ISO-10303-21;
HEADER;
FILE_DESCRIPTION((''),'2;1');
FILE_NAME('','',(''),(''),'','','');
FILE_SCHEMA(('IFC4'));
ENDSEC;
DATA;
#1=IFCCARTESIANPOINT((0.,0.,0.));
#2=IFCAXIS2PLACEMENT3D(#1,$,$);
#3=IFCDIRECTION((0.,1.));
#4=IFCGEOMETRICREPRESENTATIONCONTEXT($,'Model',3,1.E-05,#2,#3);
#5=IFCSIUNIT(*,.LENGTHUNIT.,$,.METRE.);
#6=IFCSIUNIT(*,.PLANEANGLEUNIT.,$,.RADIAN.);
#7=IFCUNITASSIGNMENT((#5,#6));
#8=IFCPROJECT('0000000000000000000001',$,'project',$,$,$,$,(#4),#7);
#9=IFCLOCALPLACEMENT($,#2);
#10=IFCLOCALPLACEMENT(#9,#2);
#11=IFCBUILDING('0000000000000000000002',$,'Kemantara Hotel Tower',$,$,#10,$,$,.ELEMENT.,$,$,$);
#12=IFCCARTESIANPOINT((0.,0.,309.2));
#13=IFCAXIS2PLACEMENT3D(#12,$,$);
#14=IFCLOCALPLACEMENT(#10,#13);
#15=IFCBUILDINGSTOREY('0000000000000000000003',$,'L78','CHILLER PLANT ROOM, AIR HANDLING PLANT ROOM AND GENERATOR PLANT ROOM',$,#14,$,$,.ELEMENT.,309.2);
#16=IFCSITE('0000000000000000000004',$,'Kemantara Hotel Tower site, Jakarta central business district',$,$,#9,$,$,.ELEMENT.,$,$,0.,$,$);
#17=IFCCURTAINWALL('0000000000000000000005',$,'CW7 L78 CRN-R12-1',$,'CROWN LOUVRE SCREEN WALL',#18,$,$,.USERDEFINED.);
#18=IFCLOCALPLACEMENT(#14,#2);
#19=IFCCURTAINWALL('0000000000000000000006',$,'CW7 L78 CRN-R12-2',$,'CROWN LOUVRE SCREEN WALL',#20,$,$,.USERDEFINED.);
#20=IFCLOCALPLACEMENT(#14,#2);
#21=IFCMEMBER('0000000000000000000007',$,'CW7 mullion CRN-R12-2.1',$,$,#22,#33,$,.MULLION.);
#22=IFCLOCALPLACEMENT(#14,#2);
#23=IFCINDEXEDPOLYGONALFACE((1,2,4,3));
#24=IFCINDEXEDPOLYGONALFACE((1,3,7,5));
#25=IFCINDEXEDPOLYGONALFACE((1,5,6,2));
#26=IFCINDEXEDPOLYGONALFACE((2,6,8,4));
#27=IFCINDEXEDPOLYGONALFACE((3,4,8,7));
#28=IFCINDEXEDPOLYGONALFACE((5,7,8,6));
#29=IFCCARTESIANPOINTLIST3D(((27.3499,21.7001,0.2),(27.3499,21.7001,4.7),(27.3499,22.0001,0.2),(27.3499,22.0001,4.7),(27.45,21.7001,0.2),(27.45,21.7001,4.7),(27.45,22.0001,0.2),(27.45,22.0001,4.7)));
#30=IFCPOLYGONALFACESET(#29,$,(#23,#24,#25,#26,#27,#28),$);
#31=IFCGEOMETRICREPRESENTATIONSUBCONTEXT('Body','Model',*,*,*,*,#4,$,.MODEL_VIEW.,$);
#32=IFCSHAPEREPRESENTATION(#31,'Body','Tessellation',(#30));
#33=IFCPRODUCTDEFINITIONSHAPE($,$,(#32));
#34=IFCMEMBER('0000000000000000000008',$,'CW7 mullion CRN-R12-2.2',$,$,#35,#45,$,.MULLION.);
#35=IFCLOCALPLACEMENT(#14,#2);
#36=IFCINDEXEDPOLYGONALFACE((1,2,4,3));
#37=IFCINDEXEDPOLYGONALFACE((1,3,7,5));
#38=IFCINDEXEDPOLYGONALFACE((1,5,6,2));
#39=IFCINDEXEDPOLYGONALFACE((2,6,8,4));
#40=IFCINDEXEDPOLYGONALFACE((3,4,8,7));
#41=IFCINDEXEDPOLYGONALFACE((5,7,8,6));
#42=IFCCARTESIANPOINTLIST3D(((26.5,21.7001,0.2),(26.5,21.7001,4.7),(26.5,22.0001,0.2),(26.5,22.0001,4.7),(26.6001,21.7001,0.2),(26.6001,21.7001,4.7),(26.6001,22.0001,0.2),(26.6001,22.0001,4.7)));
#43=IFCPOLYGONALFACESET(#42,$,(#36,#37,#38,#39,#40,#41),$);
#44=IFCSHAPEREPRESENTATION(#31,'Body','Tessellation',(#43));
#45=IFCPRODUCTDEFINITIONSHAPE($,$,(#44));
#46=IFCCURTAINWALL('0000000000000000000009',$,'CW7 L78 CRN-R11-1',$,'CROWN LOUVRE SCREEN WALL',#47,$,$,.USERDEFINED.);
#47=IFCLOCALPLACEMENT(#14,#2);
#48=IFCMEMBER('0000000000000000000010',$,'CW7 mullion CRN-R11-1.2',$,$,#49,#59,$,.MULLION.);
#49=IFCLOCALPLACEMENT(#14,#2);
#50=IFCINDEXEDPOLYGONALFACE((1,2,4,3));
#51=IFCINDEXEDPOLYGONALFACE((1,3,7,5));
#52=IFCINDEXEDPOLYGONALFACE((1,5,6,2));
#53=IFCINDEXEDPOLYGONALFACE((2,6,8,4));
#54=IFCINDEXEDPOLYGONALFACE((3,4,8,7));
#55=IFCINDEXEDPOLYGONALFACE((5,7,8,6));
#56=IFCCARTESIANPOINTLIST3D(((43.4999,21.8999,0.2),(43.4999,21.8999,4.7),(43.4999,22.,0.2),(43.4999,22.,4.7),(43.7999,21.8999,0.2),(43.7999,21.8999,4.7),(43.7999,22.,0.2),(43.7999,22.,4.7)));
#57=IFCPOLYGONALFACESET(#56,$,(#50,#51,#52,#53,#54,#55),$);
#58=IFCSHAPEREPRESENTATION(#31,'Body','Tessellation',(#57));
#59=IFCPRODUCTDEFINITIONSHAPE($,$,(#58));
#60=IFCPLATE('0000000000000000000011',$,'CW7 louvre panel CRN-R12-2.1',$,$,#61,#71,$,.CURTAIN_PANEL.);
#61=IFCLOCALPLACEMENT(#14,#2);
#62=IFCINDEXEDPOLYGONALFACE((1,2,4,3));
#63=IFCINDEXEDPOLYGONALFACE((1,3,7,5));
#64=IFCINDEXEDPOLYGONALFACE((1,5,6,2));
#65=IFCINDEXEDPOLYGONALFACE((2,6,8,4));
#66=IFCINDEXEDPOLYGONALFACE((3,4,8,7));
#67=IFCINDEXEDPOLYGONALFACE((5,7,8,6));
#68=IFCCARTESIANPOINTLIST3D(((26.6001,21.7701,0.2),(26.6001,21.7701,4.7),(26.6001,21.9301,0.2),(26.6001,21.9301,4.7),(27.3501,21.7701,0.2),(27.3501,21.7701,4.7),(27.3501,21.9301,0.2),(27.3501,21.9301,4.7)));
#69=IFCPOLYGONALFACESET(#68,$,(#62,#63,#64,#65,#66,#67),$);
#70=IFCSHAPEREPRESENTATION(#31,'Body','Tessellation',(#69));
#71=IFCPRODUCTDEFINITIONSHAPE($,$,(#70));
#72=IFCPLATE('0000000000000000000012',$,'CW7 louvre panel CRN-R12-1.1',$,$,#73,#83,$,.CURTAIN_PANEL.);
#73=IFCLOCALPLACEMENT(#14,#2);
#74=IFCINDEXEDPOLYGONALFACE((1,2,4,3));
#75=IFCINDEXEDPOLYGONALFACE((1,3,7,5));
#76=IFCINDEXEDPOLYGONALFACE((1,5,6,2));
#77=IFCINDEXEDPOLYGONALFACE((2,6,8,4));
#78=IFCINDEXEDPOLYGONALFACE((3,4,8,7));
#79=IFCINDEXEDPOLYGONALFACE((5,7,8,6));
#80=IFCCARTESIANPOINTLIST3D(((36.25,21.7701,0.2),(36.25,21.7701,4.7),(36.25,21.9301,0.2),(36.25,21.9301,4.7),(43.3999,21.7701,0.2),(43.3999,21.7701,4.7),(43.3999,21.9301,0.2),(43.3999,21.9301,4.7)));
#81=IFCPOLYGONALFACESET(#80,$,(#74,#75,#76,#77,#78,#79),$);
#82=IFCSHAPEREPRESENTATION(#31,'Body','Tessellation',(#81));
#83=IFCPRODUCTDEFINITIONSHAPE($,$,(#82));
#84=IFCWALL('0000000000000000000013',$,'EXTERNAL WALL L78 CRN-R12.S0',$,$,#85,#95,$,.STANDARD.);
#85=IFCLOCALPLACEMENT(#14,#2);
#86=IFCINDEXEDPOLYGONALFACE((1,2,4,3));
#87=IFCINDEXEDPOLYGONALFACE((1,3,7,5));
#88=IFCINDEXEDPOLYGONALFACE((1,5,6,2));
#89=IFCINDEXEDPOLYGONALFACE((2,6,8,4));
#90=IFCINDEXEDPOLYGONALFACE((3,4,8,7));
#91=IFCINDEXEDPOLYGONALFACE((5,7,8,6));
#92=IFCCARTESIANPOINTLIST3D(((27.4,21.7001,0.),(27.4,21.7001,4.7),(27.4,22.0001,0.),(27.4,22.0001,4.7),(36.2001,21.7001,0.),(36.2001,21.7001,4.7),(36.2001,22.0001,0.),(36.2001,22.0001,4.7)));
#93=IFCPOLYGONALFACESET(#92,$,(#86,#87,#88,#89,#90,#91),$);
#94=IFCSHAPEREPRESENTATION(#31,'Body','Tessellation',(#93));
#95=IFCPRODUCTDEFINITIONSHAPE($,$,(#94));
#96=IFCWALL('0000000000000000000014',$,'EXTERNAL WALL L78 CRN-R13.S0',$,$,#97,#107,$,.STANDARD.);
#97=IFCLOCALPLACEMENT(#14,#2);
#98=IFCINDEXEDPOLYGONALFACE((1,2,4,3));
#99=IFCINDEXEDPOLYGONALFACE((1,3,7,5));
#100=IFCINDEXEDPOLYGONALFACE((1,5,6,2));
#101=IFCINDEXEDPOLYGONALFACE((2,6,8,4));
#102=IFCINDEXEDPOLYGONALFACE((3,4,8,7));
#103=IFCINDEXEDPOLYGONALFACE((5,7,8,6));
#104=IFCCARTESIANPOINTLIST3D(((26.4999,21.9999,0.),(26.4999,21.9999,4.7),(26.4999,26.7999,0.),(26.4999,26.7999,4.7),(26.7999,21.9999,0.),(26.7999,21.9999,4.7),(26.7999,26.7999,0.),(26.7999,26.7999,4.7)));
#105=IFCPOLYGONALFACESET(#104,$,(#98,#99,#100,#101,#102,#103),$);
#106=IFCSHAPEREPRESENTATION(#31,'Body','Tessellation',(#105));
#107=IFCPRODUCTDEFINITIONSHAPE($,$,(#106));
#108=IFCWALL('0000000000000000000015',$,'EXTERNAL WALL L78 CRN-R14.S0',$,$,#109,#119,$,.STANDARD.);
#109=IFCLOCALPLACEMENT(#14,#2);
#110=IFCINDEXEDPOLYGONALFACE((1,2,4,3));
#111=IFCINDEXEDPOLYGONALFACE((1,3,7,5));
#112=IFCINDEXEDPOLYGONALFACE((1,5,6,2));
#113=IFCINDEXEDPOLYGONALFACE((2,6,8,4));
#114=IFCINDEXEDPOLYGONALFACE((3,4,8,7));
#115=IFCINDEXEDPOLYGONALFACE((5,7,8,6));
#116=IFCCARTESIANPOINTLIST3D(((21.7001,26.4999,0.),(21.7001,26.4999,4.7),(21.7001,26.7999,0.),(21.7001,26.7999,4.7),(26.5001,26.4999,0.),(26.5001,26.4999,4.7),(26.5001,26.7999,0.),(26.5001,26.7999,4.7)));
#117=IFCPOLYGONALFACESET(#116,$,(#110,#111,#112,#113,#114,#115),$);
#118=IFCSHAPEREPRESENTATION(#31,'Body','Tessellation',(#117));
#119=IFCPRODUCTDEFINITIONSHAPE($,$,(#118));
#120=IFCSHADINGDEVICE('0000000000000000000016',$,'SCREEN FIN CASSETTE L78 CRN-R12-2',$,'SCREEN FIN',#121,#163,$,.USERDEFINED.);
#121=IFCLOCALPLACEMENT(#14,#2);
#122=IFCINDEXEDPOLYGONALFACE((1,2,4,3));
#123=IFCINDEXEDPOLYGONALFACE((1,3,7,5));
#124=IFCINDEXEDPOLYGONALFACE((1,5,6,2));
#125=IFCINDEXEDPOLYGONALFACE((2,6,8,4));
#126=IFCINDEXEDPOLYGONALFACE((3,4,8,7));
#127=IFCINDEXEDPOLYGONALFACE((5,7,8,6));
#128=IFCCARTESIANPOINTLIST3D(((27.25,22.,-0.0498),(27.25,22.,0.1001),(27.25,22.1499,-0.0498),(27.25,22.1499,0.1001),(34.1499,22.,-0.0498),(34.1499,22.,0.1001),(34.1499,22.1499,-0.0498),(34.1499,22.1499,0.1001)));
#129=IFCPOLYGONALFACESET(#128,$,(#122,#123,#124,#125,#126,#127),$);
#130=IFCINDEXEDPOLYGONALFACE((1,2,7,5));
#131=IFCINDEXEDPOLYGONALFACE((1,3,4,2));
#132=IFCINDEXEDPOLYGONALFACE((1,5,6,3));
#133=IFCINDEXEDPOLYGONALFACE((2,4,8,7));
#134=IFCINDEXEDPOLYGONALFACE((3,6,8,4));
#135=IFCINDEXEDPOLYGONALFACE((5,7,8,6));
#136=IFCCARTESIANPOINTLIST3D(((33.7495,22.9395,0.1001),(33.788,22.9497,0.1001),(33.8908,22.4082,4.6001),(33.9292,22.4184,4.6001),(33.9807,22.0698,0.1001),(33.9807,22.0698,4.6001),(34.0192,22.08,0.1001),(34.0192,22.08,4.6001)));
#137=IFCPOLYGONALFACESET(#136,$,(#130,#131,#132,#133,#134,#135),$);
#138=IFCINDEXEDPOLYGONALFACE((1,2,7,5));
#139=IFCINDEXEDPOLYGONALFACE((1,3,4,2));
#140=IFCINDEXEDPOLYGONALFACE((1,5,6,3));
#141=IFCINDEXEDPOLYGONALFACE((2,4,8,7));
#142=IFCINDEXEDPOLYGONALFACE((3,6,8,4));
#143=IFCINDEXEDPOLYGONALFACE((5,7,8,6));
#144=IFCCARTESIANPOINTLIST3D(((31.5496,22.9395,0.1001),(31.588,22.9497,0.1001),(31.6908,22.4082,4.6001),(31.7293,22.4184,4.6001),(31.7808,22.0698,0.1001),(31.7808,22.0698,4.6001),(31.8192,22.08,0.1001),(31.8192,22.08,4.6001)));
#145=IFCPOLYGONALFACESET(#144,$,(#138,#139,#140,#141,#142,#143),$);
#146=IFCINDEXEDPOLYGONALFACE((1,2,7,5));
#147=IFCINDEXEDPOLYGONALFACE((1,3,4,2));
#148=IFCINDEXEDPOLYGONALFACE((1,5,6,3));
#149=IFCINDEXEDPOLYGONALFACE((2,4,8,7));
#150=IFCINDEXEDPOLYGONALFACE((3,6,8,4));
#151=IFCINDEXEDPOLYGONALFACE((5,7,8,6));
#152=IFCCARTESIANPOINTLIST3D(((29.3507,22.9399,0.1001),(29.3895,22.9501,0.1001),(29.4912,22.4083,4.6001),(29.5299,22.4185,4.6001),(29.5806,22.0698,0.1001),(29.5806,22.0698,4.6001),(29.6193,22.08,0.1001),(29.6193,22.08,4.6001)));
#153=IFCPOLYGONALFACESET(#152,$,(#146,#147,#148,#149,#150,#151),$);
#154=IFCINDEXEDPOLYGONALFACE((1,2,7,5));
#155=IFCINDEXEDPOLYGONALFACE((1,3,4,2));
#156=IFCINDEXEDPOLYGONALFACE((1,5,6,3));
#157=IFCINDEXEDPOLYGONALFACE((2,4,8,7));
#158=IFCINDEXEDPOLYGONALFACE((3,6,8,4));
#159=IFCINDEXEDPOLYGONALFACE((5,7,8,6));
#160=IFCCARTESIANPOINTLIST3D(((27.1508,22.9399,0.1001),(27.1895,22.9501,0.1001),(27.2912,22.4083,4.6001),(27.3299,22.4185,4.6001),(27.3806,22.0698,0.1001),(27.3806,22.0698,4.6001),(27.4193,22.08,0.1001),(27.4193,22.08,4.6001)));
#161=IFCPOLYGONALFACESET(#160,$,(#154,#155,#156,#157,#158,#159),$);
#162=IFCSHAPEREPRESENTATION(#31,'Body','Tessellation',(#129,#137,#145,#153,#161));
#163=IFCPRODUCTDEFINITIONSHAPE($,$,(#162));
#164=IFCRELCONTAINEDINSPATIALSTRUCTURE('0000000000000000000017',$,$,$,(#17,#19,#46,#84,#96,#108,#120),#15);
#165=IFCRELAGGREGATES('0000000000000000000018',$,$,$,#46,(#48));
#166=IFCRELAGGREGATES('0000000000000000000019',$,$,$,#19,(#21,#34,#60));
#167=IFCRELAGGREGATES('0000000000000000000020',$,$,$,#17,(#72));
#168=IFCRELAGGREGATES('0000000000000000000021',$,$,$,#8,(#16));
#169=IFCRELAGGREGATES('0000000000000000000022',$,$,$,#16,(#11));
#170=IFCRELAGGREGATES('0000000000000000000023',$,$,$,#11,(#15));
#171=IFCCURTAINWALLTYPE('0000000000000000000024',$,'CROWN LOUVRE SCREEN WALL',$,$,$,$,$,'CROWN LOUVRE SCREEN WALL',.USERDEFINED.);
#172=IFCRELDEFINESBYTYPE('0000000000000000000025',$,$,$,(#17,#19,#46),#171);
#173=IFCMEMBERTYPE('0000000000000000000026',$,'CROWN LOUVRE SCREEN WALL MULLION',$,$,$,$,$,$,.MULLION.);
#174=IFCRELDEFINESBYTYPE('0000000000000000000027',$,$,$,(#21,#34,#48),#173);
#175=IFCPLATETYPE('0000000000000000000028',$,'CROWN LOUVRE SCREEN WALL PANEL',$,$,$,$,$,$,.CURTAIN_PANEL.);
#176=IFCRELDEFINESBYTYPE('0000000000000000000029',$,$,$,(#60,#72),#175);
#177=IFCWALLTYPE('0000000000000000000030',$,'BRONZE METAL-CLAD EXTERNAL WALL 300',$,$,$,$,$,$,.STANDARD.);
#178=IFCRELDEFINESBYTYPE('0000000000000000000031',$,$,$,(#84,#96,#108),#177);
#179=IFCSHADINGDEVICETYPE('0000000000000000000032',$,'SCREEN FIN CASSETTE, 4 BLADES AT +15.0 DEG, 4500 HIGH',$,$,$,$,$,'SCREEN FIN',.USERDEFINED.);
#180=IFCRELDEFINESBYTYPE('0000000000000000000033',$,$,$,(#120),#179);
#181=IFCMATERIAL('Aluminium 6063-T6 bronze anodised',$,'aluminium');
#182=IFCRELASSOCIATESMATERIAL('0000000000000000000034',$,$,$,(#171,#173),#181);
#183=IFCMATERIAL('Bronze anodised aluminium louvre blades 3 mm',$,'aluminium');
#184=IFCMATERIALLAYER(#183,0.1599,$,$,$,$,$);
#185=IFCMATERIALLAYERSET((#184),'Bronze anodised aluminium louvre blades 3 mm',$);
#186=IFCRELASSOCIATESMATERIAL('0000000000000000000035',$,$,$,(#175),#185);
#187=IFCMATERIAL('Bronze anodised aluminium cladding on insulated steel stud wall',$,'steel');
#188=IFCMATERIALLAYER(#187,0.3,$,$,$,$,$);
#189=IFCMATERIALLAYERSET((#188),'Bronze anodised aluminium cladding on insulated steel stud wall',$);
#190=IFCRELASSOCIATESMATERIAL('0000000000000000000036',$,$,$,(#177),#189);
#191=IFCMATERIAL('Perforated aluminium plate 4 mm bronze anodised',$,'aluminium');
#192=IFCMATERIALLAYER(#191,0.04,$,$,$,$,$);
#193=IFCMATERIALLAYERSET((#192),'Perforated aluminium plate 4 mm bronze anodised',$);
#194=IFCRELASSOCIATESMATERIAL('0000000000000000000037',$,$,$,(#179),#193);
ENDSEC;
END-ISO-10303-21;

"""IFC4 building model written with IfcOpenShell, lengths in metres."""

from ifc_helpers import new_model, si_unit, direction, frame, frame_2d, origin, origin_2d, place, context, subcontext, project, spatial, polyline, rectangle, outline, extrude, source, transform, mapped, material, layer, layer_set, material_profile, profile_set, type_object, element, aggregate, save


model = new_model("IFC4")

# Units and contexts
model_context = context("Model", 3, precision=1e-05, world=origin(), true_north=direction((0.0, 1.0)))
body_context = subcontext(model_context, "Body", "Model", "MODEL_VIEW")
ifc_project = project(units=[si_unit("LENGTHUNIT", "METRE"), si_unit("PLANEANGLEUNIT", "RADIAN")], contexts=[model_context])

# Site, building, storey
site_placement = place(None, origin())
site = spatial("IfcSite", under=ifc_project, at=site_placement, Name="Kemantara Hotel Tower site, Jakarta central business district", CompositionType="ELEMENT", RefElevation=0.0)
building_placement = place(site_placement, origin())
building = spatial("IfcBuilding", under=site, at=building_placement, Name="Kemantara Hotel Tower", CompositionType="ELEMENT")
storey_placement = place(building_placement, frame((0.0, 0.0, 309.2)))
storey = spatial("IfcBuildingStorey", under=building, at=storey_placement, Name="L78", Description="CHILLER PLANT ROOM, AIR HANDLING PLANT ROOM AND GENERATOR PLANT ROOM", CompositionType="ELEMENT", Elevation=309.2)

# Curtain walls
ifc_material_1 = material(Name="Aluminium 6063-T6 bronze anodised", Category="aluminium")
curtain_wall_type = type_object("IfcCurtainWallType", Name="CROWN LOUVRE SCREEN WALL", ElementType="CROWN LOUVRE SCREEN WALL", PredefinedType="USERDEFINED", material=ifc_material_1)
curtain_wall_1_placement = place(storey_placement, origin())
curtain_wall_1 = element("IfcCurtainWall", 1, at=curtain_wall_1_placement, inside=storey, type_object=curtain_wall_type, Name="CW7 L78 CRN-R12-1", ObjectType="CROWN LOUVRE SCREEN WALL", PredefinedType="USERDEFINED")
curtain_wall_2_placement = place(storey_placement, origin())
curtain_wall_2 = element("IfcCurtainWall", 2, at=curtain_wall_2_placement, inside=storey, type_object=curtain_wall_type, Name="CW7 L78 CRN-R12-2", ObjectType="CROWN LOUVRE SCREEN WALL", PredefinedType="USERDEFINED")

# Members
ifc_material_profile_1 = material_profile(ifc_material_1, rectangle(XDim=0.3, YDim=0.1001, at=origin_2d()), Name="CROWN LOUVRE SCREEN WALL MULLION")
ifc_profile_set_1 = profile_set([ifc_material_profile_1], Name="Aluminium 6063-T6 bronze anodised")
member_type_1 = type_object("IfcMemberType", Name="CROWN LOUVRE SCREEN WALL MULLION", PredefinedType="MULLION", material=ifc_profile_set_1)
shared_shape_1 = source(origin(), body_context, "Body", "SweptSolid", [
    extrude(rectangle(XDim=0.3, YDim=0.1001, at=origin_2d()), origin(), (0.0, 0.0, 1.0), 4.5),
])
member_1_placement = place(storey_placement, frame((27.3999, 21.8501, 0.2), z_axis=(0.0, 0.0, 1.0), x_axis=(0.0, -1.0, 0.0)))
member_1 = element("IfcMember", 3, at=member_1_placement, type_object=member_type_1, Name="CW7 mullion CRN-R12-2.1", PredefinedType="MULLION", context=body_context, shape_type="MappedRepresentation", body=[
    mapped(shared_shape_1, transform((0.0, 0.0, 0.0))),
])
member_2_placement = place(storey_placement, frame((26.55, 21.8501, 0.2), z_axis=(0.0, 0.0, 1.0), x_axis=(0.0, -1.0, 0.0)))
member_2 = element("IfcMember", 4, at=member_2_placement, type_object=member_type_1, Name="CW7 mullion CRN-R12-2.2", PredefinedType="MULLION", context=body_context, shape_type="MappedRepresentation", body=[
    mapped(shared_shape_1, transform((0.0, 0.0, 0.0))),
])

# Curtain wall, member
curtain_wall_3_placement = place(storey_placement, origin())
curtain_wall_3 = element("IfcCurtainWall", 5, at=curtain_wall_3_placement, inside=storey, type_object=curtain_wall_type, Name="CW7 L78 CRN-R11-1", ObjectType="CROWN LOUVRE SCREEN WALL", PredefinedType="USERDEFINED")
member_3_placement = place(storey_placement, frame((43.6499, 21.95, 0.2), z_axis=(0.0, 0.0, 1.0), x_axis=(-1.0, 0.0, 0.0)))
member_3 = element("IfcMember", 6, at=member_3_placement, type_object=member_type_1, Name="CW7 mullion CRN-R11-1.2", PredefinedType="MULLION", context=body_context, shape_type="MappedRepresentation", body=[
    mapped(shared_shape_1, transform((0.0, 0.0, 0.0))),
])
aggregate(curtain_wall_3, [member_3])

# Plates
ifc_material_2 = material(Name="Bronze anodised aluminium louvre blades 3 mm", Category="aluminium")
ifc_layer_1 = layer(ifc_material_2, 0.1599)
ifc_layer_set_1 = layer_set([ifc_layer_1], Name="Bronze anodised aluminium louvre blades 3 mm")
plate_type = type_object("IfcPlateType", Name="CROWN LOUVRE SCREEN WALL PANEL", PredefinedType="CURTAIN_PANEL", material=ifc_layer_set_1)
shared_shape_2 = source(origin(), body_context, "Body", "SweptSolid", [
    extrude(rectangle(XDim=0.75, YDim=0.1599, at=origin_2d()), origin(), (0.0, 0.0, 1.0), 4.5),
])
plate_1_placement = place(storey_placement, frame((26.9751, 21.8501, 0.2), z_axis=(0.0, 0.0, 1.0), x_axis=(-1.0, 0.0, 0.0)))
plate_1 = element("IfcPlate", 7, at=plate_1_placement, type_object=plate_type, Name="CW7 louvre panel CRN-R12-2.1", PredefinedType="CURTAIN_PANEL", context=body_context, shape_type="MappedRepresentation", body=[
    mapped(shared_shape_2, transform((0.0, 0.0, 0.0))),
])
aggregate(curtain_wall_2, [member_1, member_2, plate_1])
shared_shape_3 = source(origin(), body_context, "Body", "SweptSolid", [
    extrude(rectangle(XDim=7.1499, YDim=0.1599, at=origin_2d()), origin(), (0.0, 0.0, 1.0), 4.5),
])
plate_2_placement = place(storey_placement, frame((39.825, 21.8501, 0.2), z_axis=(0.0, 0.0, 1.0), x_axis=(-1.0, 0.0, 0.0)))
plate_2 = element("IfcPlate", 8, at=plate_2_placement, type_object=plate_type, Name="CW7 louvre panel CRN-R12-1.1", PredefinedType="CURTAIN_PANEL", context=body_context, shape_type="MappedRepresentation", body=[
    mapped(shared_shape_3, transform((0.0, 0.0, 0.0))),
])
aggregate(curtain_wall_1, [plate_2])

# Walls
ifc_material_3 = material(Name="Bronze anodised aluminium cladding on insulated steel stud wall", Category="steel")
ifc_layer_2 = layer(ifc_material_3, 0.3)
ifc_layer_set_2 = layer_set([ifc_layer_2], Name="Bronze anodised aluminium cladding on insulated steel stud wall")
wall_type = type_object("IfcWallType", Name="BRONZE METAL-CLAD EXTERNAL WALL 300", PredefinedType="STANDARD", material=ifc_layer_set_2)
wall_placement = place(storey_placement, frame((36.2, 21.8501, 0.0), z_axis=(0.0, 0.0, 1.0), x_axis=(-1.0, 0.0, 0.0)))
element("IfcWall", 9, at=wall_placement, inside=storey, type_object=wall_type, Name="EXTERNAL WALL L78 CRN-R12.S0", PredefinedType="STANDARD", context=body_context, shape_type="SweptSolid", body=[
    extrude(rectangle(XDim=8.8, YDim=0.3, at=frame_2d((4.3999, 0.0))), origin(), (0.0, 0.0, 1.0), 4.7),
])
for number, where, z_axis, x_axis, name in (
    (10, (26.6499, 22.0, 0.0), (0.0, 0.0, 1.0), (0.0, 1.0, 0.0), "EXTERNAL WALL L78 CRN-R13.S0"),
    (11, (26.5, 26.6499, 0.0), (0.0, 0.0, 1.0), (-1.0, 0.0, 0.0), "EXTERNAL WALL L78 CRN-R14.S0"),
):
    element("IfcWall", number, at=place(storey_placement, frame(where, z_axis=z_axis, x_axis=x_axis)), inside=storey, type_object=wall_type, Name=name, PredefinedType="STANDARD", context=body_context, shape_type="SweptSolid", body=[
        extrude(rectangle(XDim=4.8, YDim=0.3, at=frame_2d((2.3999, 0.0))), origin(), (0.0, 0.0, 1.0), 4.7),
    ])

# Shading device
ifc_material_4 = material(Name="Perforated aluminium plate 4 mm bronze anodised", Category="aluminium")
ifc_layer_3 = layer(ifc_material_4, 0.04)
ifc_layer_set_3 = layer_set([ifc_layer_3], Name="Perforated aluminium plate 4 mm bronze anodised")
shading_device_type_1 = type_object("IfcShadingDeviceType", Name="SCREEN FIN CASSETTE, 4 BLADES AT +15.0 DEG, 4500 HIGH", ElementType="SCREEN FIN", PredefinedType="USERDEFINED", material=ifc_layer_set_3)
shared_shape_4 = source(origin(), body_context, "Body", "SweptSolid", [
    extrude(rectangle(XDim=6.8999, YDim=0.1499, at=origin_2d()), frame((3.3, -0.075, -0.1499), z_axis=(0.0, 0.0, 1.0), x_axis=(1.0, 0.0, 0.0)), (0.0, 0.0, 1.0), 0.1499),
    extrude(outline(polyline([(0.0, 0.0), (0.8999, 0.0), (0.3501, 4.5), (0.0, 4.5), (0.0, 0.0)])), frame((0.0193, -0.0698, 0.0), z_axis=(-0.966438, -0.256901, 0.0), x_axis=(0.256901, -0.966438, 0.0)), (0.0, 0.0, 1.0), 0.0398),
    extrude(outline(polyline([(0.0, 0.0), (0.8999, 0.0), (0.3501, 4.5), (0.0, 4.5), (0.0, 0.0)])), frame((2.2192, -0.0698, 0.0), z_axis=(-0.966438, -0.256901, 0.0), x_axis=(0.256901, -0.966438, 0.0)), (0.0, 0.0, 1.0), 0.0398),
    extrude(outline(polyline([(0.0, 0.0), (0.8999, 0.0), (0.3501, 4.5), (0.0, 4.5), (0.0, 0.0)])), frame((4.4194, -0.0698, 0.0), z_axis=(-0.966838, -0.255391, 0.0), x_axis=(0.255391, -0.966838, 0.0)), (0.0, 0.0, 1.0), 0.04),
    extrude(outline(polyline([(0.0, 0.0), (0.8999, 0.0), (0.3501, 4.5), (0.0, 4.5), (0.0, 0.0)])), frame((6.6194, -0.0698, 0.0), z_axis=(-0.966838, -0.255391, 0.0), x_axis=(0.255391, -0.966838, 0.0)), (0.0, 0.0, 1.0), 0.04),
])
shading_device_1_placement = place(storey_placement, frame((34.0, 22.0, 0.1001), z_axis=(0.0, 0.0, 1.0), x_axis=(-1.0, 0.0, 0.0)))
element("IfcShadingDevice", 12, at=shading_device_1_placement, inside=storey, type_object=shading_device_type_1, Name="SCREEN FIN CASSETTE L78 CRN-R12-2", ObjectType="SCREEN FIN", PredefinedType="USERDEFINED", context=body_context, shape_type="MappedRepresentation", body=[
    mapped(shared_shape_4, transform((0.0, 0.0, 0.0))),
])

save(model, "model.ifc")
